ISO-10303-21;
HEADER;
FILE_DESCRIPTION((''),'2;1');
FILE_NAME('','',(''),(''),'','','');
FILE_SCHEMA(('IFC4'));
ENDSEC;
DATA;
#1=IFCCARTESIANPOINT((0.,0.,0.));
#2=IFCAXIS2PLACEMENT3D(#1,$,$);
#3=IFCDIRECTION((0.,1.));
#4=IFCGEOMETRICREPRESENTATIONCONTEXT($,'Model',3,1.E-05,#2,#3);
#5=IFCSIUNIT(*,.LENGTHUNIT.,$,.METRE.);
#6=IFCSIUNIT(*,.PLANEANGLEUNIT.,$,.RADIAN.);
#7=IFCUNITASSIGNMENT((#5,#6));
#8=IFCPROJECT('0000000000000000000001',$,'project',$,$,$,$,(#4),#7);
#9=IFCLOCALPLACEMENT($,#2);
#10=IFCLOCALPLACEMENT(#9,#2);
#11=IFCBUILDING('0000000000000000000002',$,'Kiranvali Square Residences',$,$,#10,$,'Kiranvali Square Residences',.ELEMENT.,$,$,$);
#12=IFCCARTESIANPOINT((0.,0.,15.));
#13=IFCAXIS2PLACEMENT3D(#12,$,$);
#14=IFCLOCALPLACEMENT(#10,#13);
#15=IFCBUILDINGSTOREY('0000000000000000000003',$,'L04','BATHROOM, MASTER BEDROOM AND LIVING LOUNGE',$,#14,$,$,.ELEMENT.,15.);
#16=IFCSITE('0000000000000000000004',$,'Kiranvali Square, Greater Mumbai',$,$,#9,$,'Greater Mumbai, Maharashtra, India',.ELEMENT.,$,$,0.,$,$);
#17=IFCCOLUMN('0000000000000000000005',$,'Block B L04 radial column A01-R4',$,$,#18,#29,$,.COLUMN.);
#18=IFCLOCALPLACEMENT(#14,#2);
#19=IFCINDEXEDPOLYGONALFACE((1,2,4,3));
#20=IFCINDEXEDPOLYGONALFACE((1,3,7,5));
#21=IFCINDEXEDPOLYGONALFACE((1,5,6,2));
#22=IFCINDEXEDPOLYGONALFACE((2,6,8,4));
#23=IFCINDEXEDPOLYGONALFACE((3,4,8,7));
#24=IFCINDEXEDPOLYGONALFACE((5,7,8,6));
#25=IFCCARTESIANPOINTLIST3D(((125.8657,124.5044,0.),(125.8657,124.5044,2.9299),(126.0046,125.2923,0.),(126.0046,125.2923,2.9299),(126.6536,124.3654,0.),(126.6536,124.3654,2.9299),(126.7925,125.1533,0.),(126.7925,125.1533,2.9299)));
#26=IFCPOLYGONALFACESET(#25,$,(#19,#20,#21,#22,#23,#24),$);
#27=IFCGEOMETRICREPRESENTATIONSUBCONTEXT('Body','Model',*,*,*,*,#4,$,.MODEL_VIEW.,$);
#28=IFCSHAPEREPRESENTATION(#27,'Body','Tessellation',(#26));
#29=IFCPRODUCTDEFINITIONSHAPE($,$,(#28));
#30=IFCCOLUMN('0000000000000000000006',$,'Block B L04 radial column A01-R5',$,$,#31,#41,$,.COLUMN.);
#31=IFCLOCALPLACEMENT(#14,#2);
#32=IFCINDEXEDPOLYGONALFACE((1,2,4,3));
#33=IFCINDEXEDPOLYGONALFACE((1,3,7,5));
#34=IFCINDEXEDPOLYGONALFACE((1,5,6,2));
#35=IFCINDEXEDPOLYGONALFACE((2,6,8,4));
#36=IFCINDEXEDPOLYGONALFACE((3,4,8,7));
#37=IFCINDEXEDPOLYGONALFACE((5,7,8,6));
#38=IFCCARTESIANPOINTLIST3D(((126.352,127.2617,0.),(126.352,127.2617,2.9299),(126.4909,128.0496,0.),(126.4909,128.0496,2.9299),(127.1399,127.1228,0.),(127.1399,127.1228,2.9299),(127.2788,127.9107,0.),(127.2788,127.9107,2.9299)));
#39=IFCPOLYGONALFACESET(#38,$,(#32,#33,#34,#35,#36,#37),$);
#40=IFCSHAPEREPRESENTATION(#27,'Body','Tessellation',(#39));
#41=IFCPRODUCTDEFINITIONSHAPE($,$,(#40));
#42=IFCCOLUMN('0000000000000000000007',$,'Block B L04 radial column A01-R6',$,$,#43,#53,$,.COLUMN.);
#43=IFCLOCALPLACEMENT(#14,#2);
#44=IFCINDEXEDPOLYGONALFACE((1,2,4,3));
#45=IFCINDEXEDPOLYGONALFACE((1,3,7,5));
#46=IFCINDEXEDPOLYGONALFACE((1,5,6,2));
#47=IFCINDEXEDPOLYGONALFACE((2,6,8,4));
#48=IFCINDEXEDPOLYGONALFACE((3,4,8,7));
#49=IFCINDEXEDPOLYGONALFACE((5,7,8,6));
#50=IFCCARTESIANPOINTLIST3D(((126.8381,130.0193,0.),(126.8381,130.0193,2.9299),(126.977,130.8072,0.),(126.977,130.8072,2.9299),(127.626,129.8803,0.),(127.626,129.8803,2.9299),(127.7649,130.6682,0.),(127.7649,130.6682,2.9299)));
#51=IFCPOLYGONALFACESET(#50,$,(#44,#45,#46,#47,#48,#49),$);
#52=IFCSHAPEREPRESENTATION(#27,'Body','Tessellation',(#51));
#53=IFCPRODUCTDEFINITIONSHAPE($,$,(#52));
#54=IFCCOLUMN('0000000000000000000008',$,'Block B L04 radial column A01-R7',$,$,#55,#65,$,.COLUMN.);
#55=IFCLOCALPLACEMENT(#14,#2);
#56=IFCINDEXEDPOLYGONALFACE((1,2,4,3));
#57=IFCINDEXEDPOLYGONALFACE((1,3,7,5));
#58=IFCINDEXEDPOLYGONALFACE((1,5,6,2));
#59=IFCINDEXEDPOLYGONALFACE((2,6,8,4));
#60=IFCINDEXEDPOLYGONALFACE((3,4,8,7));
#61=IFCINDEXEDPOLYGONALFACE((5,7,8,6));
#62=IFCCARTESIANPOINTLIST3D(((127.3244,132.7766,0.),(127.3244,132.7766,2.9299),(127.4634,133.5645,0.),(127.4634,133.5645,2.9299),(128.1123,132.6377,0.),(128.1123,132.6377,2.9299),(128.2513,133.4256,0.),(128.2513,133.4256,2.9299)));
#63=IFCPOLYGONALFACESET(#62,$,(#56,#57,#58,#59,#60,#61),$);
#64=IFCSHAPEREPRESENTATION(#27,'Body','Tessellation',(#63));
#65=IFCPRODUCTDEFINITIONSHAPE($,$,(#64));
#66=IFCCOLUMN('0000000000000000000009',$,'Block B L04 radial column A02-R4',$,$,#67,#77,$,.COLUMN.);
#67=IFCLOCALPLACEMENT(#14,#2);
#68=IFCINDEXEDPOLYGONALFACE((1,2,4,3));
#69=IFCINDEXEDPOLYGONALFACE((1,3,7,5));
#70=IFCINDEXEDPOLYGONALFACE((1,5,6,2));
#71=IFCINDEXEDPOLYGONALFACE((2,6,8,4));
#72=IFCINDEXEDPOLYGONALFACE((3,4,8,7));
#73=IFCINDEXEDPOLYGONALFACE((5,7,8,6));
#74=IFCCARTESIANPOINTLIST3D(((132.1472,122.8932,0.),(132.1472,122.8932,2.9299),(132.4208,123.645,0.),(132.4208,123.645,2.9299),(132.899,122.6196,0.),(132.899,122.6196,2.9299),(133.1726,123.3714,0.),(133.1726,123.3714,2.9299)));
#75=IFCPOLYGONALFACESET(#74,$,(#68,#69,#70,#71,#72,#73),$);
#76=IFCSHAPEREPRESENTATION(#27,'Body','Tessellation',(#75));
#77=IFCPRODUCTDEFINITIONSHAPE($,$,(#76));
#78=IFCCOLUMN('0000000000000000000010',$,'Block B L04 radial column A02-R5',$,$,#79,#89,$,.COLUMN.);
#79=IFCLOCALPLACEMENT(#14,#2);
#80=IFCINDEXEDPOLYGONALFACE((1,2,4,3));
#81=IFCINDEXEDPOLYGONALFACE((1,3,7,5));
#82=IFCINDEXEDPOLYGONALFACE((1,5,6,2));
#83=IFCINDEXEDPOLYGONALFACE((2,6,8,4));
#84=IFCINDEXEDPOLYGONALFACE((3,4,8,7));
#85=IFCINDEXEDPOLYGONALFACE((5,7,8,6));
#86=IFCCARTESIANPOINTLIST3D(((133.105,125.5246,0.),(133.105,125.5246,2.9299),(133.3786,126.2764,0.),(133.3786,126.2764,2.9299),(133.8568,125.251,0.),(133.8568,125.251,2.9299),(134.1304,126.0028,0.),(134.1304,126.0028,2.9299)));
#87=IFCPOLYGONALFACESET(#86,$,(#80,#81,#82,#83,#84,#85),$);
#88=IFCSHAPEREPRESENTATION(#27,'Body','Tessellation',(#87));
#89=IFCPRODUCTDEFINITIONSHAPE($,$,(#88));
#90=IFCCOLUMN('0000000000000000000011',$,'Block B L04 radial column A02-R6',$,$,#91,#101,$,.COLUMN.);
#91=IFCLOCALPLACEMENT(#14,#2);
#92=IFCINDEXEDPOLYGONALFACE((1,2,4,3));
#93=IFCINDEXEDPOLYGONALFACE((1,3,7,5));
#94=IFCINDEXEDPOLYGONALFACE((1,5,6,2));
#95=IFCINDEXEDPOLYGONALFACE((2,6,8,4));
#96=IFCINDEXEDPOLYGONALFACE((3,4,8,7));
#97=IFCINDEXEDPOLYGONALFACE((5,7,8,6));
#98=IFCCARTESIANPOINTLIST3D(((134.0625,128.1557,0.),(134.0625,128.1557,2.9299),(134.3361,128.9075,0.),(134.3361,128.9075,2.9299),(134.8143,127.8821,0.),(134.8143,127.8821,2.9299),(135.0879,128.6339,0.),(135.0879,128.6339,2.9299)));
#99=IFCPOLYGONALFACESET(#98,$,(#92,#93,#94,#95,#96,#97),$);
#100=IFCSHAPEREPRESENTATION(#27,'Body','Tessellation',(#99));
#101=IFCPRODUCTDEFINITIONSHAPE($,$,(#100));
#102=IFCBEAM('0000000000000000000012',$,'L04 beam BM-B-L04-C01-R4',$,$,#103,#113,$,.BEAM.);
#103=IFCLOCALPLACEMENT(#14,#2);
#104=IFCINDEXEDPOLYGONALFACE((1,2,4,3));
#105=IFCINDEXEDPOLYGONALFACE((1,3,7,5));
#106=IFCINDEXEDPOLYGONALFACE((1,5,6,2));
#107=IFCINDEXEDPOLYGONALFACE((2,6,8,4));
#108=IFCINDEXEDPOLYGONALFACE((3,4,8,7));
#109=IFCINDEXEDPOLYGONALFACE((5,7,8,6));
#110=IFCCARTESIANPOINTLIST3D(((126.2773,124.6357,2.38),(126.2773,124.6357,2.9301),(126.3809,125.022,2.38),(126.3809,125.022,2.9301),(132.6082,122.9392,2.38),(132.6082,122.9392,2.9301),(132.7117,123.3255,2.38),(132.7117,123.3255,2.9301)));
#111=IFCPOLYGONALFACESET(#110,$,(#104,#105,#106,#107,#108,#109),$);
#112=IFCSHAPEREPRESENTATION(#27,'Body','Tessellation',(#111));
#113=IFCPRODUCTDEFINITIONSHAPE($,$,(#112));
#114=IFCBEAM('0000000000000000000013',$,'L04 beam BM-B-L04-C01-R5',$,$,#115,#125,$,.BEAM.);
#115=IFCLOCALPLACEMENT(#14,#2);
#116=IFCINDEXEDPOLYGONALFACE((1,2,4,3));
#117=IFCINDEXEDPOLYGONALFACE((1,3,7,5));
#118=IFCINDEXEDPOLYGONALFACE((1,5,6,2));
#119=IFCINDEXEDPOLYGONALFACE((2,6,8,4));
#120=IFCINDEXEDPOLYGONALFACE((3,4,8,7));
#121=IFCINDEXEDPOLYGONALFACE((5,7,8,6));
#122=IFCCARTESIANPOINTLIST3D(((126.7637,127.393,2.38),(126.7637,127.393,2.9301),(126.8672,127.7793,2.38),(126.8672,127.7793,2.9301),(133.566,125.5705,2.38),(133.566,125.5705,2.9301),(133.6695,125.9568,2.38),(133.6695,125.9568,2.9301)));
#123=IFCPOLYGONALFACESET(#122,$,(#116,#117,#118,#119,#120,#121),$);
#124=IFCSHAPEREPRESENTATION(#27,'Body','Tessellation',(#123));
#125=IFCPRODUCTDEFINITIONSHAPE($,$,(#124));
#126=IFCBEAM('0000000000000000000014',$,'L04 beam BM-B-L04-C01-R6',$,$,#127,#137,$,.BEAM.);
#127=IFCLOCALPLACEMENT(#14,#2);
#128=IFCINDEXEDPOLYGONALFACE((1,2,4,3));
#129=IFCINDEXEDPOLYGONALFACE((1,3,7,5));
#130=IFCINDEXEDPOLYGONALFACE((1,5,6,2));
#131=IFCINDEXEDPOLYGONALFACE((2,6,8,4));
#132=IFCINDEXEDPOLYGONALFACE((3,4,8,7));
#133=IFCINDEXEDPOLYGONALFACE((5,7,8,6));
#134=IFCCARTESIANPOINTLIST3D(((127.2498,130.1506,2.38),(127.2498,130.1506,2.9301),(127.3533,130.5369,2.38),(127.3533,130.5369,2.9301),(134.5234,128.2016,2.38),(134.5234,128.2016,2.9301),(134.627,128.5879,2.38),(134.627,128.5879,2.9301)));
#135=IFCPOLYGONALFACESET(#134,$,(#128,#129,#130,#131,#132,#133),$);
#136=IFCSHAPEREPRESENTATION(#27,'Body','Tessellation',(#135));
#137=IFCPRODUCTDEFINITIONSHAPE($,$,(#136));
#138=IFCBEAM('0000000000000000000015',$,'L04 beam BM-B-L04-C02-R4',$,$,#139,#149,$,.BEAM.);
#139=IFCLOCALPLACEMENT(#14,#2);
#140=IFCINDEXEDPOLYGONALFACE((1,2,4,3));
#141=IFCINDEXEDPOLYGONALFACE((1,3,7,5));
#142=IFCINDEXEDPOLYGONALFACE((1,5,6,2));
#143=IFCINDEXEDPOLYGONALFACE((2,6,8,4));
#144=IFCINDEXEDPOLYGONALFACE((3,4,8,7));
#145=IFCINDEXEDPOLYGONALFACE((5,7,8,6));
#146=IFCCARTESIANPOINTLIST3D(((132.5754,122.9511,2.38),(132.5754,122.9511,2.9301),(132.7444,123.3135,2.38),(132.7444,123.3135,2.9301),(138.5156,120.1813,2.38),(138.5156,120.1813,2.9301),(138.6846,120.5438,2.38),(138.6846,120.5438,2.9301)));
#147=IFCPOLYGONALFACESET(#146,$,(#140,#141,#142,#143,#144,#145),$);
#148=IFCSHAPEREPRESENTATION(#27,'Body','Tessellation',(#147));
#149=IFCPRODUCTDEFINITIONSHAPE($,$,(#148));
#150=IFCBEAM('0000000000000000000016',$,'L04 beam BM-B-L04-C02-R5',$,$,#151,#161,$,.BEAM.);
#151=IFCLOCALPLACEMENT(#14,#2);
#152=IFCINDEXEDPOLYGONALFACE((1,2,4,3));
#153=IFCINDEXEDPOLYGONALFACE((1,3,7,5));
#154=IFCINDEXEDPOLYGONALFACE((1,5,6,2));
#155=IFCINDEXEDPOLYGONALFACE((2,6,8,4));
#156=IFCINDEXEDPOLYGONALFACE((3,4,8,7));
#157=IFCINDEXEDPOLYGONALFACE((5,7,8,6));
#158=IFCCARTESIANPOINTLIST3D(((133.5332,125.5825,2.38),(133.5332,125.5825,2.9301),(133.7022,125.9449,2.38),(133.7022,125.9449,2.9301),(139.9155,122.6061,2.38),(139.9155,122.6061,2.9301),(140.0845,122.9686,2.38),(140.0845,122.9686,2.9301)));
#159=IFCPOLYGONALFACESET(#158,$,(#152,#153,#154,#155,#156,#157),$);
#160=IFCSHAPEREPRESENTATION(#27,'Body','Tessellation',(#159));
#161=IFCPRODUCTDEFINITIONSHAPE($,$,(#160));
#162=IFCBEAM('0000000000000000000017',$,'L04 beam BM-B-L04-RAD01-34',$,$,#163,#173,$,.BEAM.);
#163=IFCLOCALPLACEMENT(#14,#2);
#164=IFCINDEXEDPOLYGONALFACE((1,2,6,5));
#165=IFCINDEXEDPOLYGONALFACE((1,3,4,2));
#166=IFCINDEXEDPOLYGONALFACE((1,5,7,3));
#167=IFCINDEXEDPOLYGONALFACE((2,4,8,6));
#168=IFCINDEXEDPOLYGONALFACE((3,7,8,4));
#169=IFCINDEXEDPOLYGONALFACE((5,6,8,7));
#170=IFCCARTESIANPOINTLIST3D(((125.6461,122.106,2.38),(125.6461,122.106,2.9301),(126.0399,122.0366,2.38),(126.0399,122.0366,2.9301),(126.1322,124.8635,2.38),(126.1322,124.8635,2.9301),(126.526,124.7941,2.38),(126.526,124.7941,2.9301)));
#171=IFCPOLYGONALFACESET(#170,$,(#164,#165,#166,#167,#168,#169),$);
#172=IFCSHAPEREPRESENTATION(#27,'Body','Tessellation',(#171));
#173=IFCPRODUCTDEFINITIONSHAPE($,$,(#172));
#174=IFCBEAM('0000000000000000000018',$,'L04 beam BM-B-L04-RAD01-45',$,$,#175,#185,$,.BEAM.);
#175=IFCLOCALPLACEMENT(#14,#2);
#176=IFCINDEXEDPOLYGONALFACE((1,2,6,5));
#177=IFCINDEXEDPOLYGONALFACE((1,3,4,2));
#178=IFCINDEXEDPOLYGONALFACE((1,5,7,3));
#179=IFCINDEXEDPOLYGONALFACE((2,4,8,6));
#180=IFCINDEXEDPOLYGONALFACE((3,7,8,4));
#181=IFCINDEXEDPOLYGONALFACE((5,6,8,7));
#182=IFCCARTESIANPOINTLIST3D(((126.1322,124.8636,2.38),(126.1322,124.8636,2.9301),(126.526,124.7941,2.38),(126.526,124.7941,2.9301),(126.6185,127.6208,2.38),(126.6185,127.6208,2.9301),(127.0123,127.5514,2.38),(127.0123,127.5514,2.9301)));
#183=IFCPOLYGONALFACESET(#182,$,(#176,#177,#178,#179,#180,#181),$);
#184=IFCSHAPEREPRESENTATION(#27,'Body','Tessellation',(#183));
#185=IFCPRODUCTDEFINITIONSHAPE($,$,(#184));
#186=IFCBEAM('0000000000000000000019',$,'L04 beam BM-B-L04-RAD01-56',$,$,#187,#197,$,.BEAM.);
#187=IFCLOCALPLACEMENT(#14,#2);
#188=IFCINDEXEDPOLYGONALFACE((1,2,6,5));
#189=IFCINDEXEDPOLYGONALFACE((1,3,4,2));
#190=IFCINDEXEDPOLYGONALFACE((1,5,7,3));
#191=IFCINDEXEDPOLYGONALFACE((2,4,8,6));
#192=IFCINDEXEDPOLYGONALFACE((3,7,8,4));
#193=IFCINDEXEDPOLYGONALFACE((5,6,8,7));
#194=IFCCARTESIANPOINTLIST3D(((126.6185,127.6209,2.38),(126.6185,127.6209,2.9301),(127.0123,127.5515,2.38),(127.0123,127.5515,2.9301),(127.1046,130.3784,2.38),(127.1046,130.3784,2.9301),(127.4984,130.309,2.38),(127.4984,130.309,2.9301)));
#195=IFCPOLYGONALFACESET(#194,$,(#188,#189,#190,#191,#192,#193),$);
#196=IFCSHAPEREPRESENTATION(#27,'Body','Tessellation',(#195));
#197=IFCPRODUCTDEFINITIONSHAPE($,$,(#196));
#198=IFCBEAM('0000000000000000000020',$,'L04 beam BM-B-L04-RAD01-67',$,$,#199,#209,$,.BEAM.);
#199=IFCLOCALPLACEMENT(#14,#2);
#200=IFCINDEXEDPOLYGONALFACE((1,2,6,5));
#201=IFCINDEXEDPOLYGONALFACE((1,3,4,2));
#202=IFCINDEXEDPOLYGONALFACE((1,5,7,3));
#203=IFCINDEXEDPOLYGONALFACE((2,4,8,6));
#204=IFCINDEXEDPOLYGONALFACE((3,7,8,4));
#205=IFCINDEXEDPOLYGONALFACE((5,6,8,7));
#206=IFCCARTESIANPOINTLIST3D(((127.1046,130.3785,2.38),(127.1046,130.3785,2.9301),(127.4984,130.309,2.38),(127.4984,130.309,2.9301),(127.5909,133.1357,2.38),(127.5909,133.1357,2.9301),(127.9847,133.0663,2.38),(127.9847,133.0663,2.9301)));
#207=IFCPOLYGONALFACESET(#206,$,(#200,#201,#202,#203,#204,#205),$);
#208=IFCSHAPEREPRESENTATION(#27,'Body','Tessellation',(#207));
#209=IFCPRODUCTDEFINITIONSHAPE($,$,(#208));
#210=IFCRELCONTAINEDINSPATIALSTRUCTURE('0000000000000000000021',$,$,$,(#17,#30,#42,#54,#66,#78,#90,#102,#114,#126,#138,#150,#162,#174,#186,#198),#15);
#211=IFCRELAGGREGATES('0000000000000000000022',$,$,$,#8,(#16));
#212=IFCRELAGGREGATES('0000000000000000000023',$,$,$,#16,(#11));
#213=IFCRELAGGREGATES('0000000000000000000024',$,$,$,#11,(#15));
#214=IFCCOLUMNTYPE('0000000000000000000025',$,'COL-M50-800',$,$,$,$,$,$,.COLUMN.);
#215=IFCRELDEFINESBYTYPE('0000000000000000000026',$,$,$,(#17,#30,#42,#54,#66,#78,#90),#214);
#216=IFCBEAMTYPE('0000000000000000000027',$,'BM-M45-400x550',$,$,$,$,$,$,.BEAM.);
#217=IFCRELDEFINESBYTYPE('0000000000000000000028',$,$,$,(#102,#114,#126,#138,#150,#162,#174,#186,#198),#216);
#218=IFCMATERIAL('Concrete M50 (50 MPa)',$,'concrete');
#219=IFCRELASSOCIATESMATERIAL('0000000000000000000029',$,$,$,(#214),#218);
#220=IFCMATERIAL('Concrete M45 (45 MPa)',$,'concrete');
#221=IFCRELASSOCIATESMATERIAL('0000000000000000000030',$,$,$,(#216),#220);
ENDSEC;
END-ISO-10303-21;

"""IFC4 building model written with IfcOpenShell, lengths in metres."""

from ifc_helpers import new_model, si_unit, direction, frame, origin, origin_2d, place, context, subcontext, project, spatial, rectangle, extrude, material, material_profile, profile_set, type_object, element, save


model = new_model("IFC4")

# Units and contexts
model_context = context("Model", 3, precision=1e-05, world=origin(), true_north=direction((0.0, 1.0)))
body_context = subcontext(model_context, "Body", "Model", "MODEL_VIEW")
ifc_project = project(units=[si_unit("LENGTHUNIT", "METRE"), si_unit("PLANEANGLEUNIT", "RADIAN")], contexts=[model_context])

# Site, building, storey
site_placement = place(None, origin())
site = spatial("IfcSite", under=ifc_project, at=site_placement, Name="Kiranvali Square, Greater Mumbai", LongName="Greater Mumbai, Maharashtra, India", CompositionType="ELEMENT", RefElevation=0.0)
building_placement = place(site_placement, origin())
building = spatial("IfcBuilding", under=site, at=building_placement, Name="Kiranvali Square Residences", LongName="Kiranvali Square Residences", CompositionType="ELEMENT")
storey_placement = place(building_placement, frame((0.0, 0.0, 15.0)))
storey = spatial("IfcBuildingStorey", under=building, at=storey_placement, Name="L04", Description="BATHROOM, MASTER BEDROOM AND LIVING LOUNGE", CompositionType="ELEMENT", Elevation=15.0)

# Columns
ifc_material_1 = material(Name="Concrete M50 (50 MPa)", Category="concrete")
ifc_material_profile_1 = material_profile(ifc_material_1, rectangle(XDim=0.8, YDim=0.8, at=origin_2d()), Name="RC 800x800")
ifc_profile_set_1 = profile_set([ifc_material_profile_1], Name="Concrete M50 (50 MPa)")
column_type = type_object("IfcColumnType", Name="COL-M50-800", PredefinedType="COLUMN", material=ifc_profile_set_1)
for number, where, z_axis, x_axis, name in (
    (1, (126.3291, 124.8289, 0.0), (0.0, 0.0, 1.0), (-0.984808, 0.173648, 0.0), "Block B L04 radial column A01-R4"),
    (2, (126.8154, 127.5862, 0.0), (0.0, 0.0, 1.0), (-0.984808, 0.173648, 0.0), "Block B L04 radial column A01-R5"),
    (3, (127.3015, 130.3438, 0.0), (0.0, 0.0, 1.0), (-0.984808, 0.173648, 0.0), "Block B L04 radial column A01-R6"),
    (4, (127.7878, 133.1011, 0.0), (0.0, 0.0, 1.0), (-0.984808, 0.173648, 0.0), "Block B L04 radial column A01-R7"),
    (5, (132.6599, 123.1323, 0.0), (0.0, 0.0, 1.0), (-0.939693, 0.34202, 0.0), "Block B L04 radial column A02-R4"),
    (6, (133.6177, 125.7637, 0.0), (0.0, 0.0, 1.0), (-0.939693, 0.34202, 0.0), "Block B L04 radial column A02-R5"),
    (7, (134.5752, 128.3948, 0.0), (0.0, 0.0, 1.0), (-0.939693, 0.34202, 0.0), "Block B L04 radial column A02-R6"),
):
    element("IfcColumn", number, at=place(storey_placement, frame(where, z_axis=z_axis, x_axis=x_axis)), inside=storey, type_object=column_type, Name=name, PredefinedType="COLUMN", context=body_context, shape_type="SweptSolid", body=[
        extrude(rectangle(XDim=0.8, YDim=0.8, at=origin_2d()), origin(), (0.0, 0.0, 1.0), 2.9299),
    ])

# Beams
ifc_material_2 = material(Name="Concrete M45 (45 MPa)", Category="concrete")
ifc_material_profile_2 = material_profile(ifc_material_2, rectangle(XDim=0.3999, YDim=0.55, at=origin_2d()), Name="RC 400x550")
ifc_profile_set_2 = profile_set([ifc_material_profile_2], Name="Concrete M45 (45 MPa)")
beam_type_1 = type_object("IfcBeamType", Name="BM-M45-400x550", PredefinedType="BEAM", material=ifc_profile_set_2)
beam_1_placement = place(storey_placement, frame((126.3291, 124.8289, 2.655), z_axis=(0.965918, -0.258847, 0.0), x_axis=(0.258847, 0.965918, 0.0)))
element("IfcBeam", 8, at=beam_1_placement, inside=storey, type_object=beam_type_1, Name="L04 beam BM-B-L04-C01-R4", PredefinedType="BEAM", context=body_context, shape_type="SweptSolid", body=[
    extrude(rectangle(XDim=0.3999, YDim=0.55, at=origin_2d()), origin(), (0.0, 0.0, 1.0), 6.5542),
])
beam_2_placement = place(storey_placement, frame((126.8154, 127.5862, 2.655), z_axis=(0.965931, -0.2588, 0.0), x_axis=(0.2588, 0.965931, 0.0)))
element("IfcBeam", 9, at=beam_2_placement, inside=storey, type_object=beam_type_1, Name="L04 beam BM-B-L04-C01-R5", PredefinedType="BEAM", context=body_context, shape_type="SweptSolid", body=[
    extrude(rectangle(XDim=0.3999, YDim=0.55, at=origin_2d()), origin(), (0.0, 0.0, 1.0), 7.0422),
])
beam_3_placement = place(storey_placement, frame((127.3015, 130.3438, 2.655), z_axis=(0.965926, -0.258819, 0.0), x_axis=(0.258819, 0.965926, 0.0)))
element("IfcBeam", 10, at=beam_3_placement, inside=storey, type_object=beam_type_1, Name="L04 beam BM-B-L04-C01-R6", PredefinedType="BEAM", context=body_context, shape_type="SweptSolid", body=[
    extrude(rectangle(XDim=0.3999, YDim=0.55, at=origin_2d()), origin(), (0.0, 0.0, 1.0), 7.5303),
])
beam_4_placement = place(storey_placement, frame((132.6599, 123.1323, 2.655), z_axis=(0.906318, -0.422596, 0.0), x_axis=(0.422596, 0.906318, 0.0)))
element("IfcBeam", 11, at=beam_4_placement, inside=storey, type_object=beam_type_1, Name="L04 beam BM-B-L04-C02-R4", PredefinedType="BEAM", context=body_context, shape_type="SweptSolid", body=[
    extrude(rectangle(XDim=0.3999, YDim=0.55, at=origin_2d()), origin(), (0.0, 0.0, 1.0), 6.5542),
])
beam_5_placement = place(storey_placement, frame((133.6177, 125.7637, 2.655), z_axis=(0.906297, -0.422641, 0.0), x_axis=(0.422641, 0.906297, 0.0)))
element("IfcBeam", 12, at=beam_5_placement, inside=storey, type_object=beam_type_1, Name="L04 beam BM-B-L04-C02-R5", PredefinedType="BEAM", context=body_context, shape_type="SweptSolid", body=[
    extrude(rectangle(XDim=0.3999, YDim=0.55, at=origin_2d()), origin(), (0.0, 0.0, 1.0), 7.0422),
])
beam_6_placement = place(storey_placement, frame((125.843, 122.0713, 2.655), z_axis=(0.173596, 0.984817, 0.0), x_axis=(-0.984817, 0.173596, 0.0)))
element("IfcBeam", 13, at=beam_6_placement, inside=storey, type_object=beam_type_1, Name="L04 beam BM-B-L04-RAD01-34", PredefinedType="BEAM", context=body_context, shape_type="SweptSolid", body=[
    extrude(rectangle(XDim=0.3999, YDim=0.55, at=origin_2d()), origin(), (0.0, 0.0, 1.0), 2.8),
])
beam_7_placement = place(storey_placement, frame((126.3291, 124.8289, 2.655), z_axis=(0.173696, 0.984799, 0.0), x_axis=(-0.984799, 0.173696, 0.0)))
element("IfcBeam", 14, at=beam_7_placement, inside=storey, type_object=beam_type_1, Name="L04 beam BM-B-L04-RAD01-45", PredefinedType="BEAM", context=body_context, shape_type="SweptSolid", body=[
    extrude(rectangle(XDim=0.3999, YDim=0.55, at=origin_2d()), origin(), (0.0, 0.0, 1.0), 2.7998),
])
beam_8_placement = place(storey_placement, frame((126.8154, 127.5862, 2.655), z_axis=(0.173596, 0.984817, 0.0), x_axis=(-0.984817, 0.173596, 0.0)))
element("IfcBeam", 15, at=beam_8_placement, inside=storey, type_object=beam_type_1, Name="L04 beam BM-B-L04-RAD01-56", PredefinedType="BEAM", context=body_context, shape_type="SweptSolid", body=[
    extrude(rectangle(XDim=0.3999, YDim=0.55, at=origin_2d()), origin(), (0.0, 0.0, 1.0), 2.8),
])
beam_9_placement = place(storey_placement, frame((127.3015, 130.3438, 2.655), z_axis=(0.173696, 0.984799, 0.0), x_axis=(-0.984799, 0.173696, 0.0)))
element("IfcBeam", 16, at=beam_9_placement, inside=storey, type_object=beam_type_1, Name="L04 beam BM-B-L04-RAD01-67", PredefinedType="BEAM", context=body_context, shape_type="SweptSolid", body=[
    extrude(rectangle(XDim=0.3999, YDim=0.55, at=origin_2d()), origin(), (0.0, 0.0, 1.0), 2.7998),
])

save(model, "model.ifc")
